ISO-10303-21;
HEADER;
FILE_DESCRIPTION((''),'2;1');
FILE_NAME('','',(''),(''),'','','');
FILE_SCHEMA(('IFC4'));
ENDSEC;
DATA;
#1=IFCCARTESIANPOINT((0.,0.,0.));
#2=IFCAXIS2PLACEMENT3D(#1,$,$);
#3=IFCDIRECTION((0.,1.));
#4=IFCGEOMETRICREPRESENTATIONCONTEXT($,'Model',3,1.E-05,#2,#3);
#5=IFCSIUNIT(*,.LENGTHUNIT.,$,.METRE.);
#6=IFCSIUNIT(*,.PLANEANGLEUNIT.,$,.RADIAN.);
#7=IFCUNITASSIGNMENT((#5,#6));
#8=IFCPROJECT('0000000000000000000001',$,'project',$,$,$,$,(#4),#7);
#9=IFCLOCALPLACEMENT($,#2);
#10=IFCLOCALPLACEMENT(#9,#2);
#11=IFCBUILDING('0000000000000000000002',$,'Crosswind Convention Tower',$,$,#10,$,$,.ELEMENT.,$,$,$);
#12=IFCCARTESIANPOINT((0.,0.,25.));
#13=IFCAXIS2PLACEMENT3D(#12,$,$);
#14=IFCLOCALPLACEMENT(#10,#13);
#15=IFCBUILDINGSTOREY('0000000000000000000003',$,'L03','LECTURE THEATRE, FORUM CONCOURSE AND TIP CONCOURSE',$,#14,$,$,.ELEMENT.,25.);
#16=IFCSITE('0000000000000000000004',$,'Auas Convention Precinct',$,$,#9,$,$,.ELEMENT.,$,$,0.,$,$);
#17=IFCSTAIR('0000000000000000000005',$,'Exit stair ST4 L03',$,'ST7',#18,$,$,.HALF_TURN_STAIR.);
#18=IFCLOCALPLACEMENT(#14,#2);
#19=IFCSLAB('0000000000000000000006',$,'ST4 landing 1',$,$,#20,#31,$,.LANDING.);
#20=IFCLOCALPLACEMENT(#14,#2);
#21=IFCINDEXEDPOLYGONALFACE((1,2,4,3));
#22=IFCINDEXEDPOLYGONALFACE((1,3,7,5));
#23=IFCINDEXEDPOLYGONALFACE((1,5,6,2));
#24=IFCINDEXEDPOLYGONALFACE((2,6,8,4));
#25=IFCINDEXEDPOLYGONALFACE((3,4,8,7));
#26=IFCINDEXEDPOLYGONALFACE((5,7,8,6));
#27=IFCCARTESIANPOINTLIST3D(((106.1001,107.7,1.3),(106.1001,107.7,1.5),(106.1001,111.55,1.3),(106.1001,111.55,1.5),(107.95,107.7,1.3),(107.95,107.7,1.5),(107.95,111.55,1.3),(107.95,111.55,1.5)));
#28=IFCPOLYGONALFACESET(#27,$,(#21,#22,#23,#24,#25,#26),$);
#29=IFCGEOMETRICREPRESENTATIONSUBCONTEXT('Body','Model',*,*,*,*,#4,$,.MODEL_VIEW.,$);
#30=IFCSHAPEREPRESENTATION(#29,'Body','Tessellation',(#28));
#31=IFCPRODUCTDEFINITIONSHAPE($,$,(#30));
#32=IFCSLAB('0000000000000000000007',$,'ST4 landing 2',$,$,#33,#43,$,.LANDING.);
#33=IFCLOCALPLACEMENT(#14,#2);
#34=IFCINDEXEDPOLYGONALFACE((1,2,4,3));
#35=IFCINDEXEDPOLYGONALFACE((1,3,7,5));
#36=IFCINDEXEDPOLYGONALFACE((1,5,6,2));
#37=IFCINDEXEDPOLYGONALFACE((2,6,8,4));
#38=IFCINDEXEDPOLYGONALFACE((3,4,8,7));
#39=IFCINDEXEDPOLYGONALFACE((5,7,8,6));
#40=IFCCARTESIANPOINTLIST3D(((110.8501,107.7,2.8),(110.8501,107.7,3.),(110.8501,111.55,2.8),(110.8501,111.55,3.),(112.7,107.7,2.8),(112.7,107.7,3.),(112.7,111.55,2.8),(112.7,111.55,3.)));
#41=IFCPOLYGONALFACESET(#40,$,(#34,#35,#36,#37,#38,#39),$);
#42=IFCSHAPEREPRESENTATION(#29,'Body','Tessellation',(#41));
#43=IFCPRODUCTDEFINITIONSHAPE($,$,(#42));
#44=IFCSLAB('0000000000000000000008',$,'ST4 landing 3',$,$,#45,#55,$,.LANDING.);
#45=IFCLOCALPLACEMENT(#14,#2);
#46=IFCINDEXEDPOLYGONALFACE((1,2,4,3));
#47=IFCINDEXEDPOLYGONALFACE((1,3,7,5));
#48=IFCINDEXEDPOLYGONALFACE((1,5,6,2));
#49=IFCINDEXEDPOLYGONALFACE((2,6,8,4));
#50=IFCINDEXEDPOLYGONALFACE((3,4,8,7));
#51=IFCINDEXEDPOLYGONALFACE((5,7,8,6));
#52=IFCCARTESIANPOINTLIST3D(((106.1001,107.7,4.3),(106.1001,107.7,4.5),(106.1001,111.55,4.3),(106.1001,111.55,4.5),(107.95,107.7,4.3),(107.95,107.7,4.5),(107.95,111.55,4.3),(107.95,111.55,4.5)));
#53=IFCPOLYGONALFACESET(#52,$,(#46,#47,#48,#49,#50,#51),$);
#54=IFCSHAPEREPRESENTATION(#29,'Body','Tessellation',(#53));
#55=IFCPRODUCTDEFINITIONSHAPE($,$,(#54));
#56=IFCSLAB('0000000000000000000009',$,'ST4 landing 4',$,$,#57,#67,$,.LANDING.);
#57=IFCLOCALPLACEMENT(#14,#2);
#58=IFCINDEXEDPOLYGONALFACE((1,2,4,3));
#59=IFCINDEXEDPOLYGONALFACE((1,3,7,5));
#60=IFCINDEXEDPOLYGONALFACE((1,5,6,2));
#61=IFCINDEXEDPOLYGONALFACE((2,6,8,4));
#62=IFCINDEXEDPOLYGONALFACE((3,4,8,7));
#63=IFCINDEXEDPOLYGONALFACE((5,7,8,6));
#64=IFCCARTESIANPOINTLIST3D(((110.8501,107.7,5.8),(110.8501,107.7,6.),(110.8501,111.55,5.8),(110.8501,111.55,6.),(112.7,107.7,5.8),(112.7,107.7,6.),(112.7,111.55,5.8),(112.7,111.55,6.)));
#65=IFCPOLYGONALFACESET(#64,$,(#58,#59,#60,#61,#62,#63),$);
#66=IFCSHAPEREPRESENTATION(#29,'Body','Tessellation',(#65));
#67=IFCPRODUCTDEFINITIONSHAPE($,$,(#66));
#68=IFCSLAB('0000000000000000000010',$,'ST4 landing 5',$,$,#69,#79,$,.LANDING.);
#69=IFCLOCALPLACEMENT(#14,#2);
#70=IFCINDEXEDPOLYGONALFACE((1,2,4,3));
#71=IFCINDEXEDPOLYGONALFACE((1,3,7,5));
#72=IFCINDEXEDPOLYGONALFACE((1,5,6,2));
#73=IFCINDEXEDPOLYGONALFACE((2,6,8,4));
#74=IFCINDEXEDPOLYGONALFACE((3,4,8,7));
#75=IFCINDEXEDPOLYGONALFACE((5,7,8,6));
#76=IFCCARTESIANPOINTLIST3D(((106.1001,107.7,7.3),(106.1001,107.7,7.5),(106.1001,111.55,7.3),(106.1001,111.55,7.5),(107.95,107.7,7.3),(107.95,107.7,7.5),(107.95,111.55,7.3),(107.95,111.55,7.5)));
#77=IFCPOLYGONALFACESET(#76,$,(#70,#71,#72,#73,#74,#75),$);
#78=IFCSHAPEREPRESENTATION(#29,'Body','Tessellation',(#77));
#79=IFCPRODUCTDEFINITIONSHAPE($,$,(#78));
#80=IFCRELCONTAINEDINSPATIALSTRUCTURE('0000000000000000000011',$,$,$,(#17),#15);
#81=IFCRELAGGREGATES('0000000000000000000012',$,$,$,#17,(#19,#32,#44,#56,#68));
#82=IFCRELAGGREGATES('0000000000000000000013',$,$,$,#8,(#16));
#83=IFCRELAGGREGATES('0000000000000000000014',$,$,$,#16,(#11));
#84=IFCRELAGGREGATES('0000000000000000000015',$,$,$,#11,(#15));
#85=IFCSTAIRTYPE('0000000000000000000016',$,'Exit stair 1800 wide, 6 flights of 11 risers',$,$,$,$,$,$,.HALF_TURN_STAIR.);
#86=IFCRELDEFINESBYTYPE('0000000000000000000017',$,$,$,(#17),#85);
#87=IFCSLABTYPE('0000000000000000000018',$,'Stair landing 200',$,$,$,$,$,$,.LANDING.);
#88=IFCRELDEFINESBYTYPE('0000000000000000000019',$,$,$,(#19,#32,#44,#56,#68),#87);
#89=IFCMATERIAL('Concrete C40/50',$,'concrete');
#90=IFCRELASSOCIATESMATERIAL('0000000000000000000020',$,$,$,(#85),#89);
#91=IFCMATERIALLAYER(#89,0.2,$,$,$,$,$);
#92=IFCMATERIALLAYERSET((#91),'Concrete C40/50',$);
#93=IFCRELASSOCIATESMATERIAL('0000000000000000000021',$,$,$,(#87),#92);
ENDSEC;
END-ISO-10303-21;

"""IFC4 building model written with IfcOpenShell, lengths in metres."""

from ifc_helpers import new_model, si_unit, direction, frame, origin, place, context, subcontext, project, spatial, polyline, outline, extrude, material, layer, layer_set, type_object, element, aggregate, save


model = new_model("IFC4")

# Units and contexts
model_context = context("Model", 3, precision=1e-05, world=origin(), true_north=direction((0.0, 1.0)))
body_context = subcontext(model_context, "Body", "Model", "MODEL_VIEW")
ifc_project = project(units=[si_unit("LENGTHUNIT", "METRE"), si_unit("PLANEANGLEUNIT", "RADIAN")], contexts=[model_context])

# Site, building, storey
site_placement = place(None, origin())
site = spatial("IfcSite", under=ifc_project, at=site_placement, Name="Auas Convention Precinct", CompositionType="ELEMENT", RefElevation=0.0)
building_placement = place(site_placement, origin())
building = spatial("IfcBuilding", under=site, at=building_placement, Name="Crosswind Convention Tower", CompositionType="ELEMENT")
storey_placement = place(building_placement, frame((0.0, 0.0, 25.0)))
storey = spatial("IfcBuildingStorey", under=building, at=storey_placement, Name="L03", Description="LECTURE THEATRE, FORUM CONCOURSE AND TIP CONCOURSE", CompositionType="ELEMENT", Elevation=25.0)

# Shared definitions
ifc_material = material(Name="Concrete C40/50", Category="concrete")

# Stair, slabs
stair_type_1 = type_object("IfcStairType", Name="Exit stair 1800 wide, 6 flights of 11 risers", PredefinedType="HALF_TURN_STAIR", material=ifc_material)
ifc_layer_1 = layer(ifc_material, 0.2)
ifc_layer_set_1 = layer_set([ifc_layer_1], Name="Concrete C40/50")
slab_type_1 = type_object("IfcSlabType", Name="Stair landing 200", PredefinedType="LANDING", material=ifc_layer_set_1)
stair_1_placement = place(storey_placement, origin())
stair_1 = element("IfcStair", 1, at=stair_1_placement, inside=storey, type_object=stair_type_1, Name="Exit stair ST4 L03", ObjectType="ST7", PredefinedType="HALF_TURN_STAIR")
slab_1_placement = place(storey_placement, frame((0.0, 0.0, 1.3)))
slab_1 = element("IfcSlab", 2, at=slab_1_placement, type_object=slab_type_1, Name="ST4 landing 1", PredefinedType="LANDING", context=body_context, shape_type="SweptSolid", body=[
    extrude(outline(polyline([(107.95, 107.7), (107.95, 111.55), (106.1001, 111.55), (106.1001, 107.7), (107.95, 107.7)])), origin(), (0.0, 0.0, 1.0), 0.2),
])
slab_2_placement = place(storey_placement, frame((0.0, 0.0, 2.8)))
slab_2 = element("IfcSlab", 3, at=slab_2_placement, type_object=slab_type_1, Name="ST4 landing 2", PredefinedType="LANDING", context=body_context, shape_type="SweptSolid", body=[
    extrude(outline(polyline([(112.7, 107.7), (112.7, 111.55), (110.8501, 111.55), (110.8501, 107.7), (112.7, 107.7)])), origin(), (0.0, 0.0, 1.0), 0.2),
])
slab_3_placement = place(storey_placement, frame((0.0, 0.0, 4.3)))
slab_3 = element("IfcSlab", 4, at=slab_3_placement, type_object=slab_type_1, Name="ST4 landing 3", PredefinedType="LANDING", context=body_context, shape_type="SweptSolid", body=[
    extrude(outline(polyline([(107.95, 107.7), (107.95, 111.55), (106.1001, 111.55), (106.1001, 107.7), (107.95, 107.7)])), origin(), (0.0, 0.0, 1.0), 0.2),
])
slab_4_placement = place(storey_placement, frame((0.0, 0.0, 5.8)))
slab_4 = element("IfcSlab", 5, at=slab_4_placement, type_object=slab_type_1, Name="ST4 landing 4", PredefinedType="LANDING", context=body_context, shape_type="SweptSolid", body=[
    extrude(outline(polyline([(112.7, 107.7), (112.7, 111.55), (110.8501, 111.55), (110.8501, 107.7), (112.7, 107.7)])), origin(), (0.0, 0.0, 1.0), 0.2),
])
slab_5_placement = place(storey_placement, frame((0.0, 0.0, 7.3)))
slab_5 = element("IfcSlab", 6, at=slab_5_placement, type_object=slab_type_1, Name="ST4 landing 5", PredefinedType="LANDING", context=body_context, shape_type="SweptSolid", body=[
    extrude(outline(polyline([(107.95, 107.7), (107.95, 111.55), (106.1001, 111.55), (106.1001, 107.7), (107.95, 107.7)])), origin(), (0.0, 0.0, 1.0), 0.2),
])
aggregate(stair_1, [slab_1, slab_2, slab_3, slab_4, slab_5])

save(model, "model.ifc")
